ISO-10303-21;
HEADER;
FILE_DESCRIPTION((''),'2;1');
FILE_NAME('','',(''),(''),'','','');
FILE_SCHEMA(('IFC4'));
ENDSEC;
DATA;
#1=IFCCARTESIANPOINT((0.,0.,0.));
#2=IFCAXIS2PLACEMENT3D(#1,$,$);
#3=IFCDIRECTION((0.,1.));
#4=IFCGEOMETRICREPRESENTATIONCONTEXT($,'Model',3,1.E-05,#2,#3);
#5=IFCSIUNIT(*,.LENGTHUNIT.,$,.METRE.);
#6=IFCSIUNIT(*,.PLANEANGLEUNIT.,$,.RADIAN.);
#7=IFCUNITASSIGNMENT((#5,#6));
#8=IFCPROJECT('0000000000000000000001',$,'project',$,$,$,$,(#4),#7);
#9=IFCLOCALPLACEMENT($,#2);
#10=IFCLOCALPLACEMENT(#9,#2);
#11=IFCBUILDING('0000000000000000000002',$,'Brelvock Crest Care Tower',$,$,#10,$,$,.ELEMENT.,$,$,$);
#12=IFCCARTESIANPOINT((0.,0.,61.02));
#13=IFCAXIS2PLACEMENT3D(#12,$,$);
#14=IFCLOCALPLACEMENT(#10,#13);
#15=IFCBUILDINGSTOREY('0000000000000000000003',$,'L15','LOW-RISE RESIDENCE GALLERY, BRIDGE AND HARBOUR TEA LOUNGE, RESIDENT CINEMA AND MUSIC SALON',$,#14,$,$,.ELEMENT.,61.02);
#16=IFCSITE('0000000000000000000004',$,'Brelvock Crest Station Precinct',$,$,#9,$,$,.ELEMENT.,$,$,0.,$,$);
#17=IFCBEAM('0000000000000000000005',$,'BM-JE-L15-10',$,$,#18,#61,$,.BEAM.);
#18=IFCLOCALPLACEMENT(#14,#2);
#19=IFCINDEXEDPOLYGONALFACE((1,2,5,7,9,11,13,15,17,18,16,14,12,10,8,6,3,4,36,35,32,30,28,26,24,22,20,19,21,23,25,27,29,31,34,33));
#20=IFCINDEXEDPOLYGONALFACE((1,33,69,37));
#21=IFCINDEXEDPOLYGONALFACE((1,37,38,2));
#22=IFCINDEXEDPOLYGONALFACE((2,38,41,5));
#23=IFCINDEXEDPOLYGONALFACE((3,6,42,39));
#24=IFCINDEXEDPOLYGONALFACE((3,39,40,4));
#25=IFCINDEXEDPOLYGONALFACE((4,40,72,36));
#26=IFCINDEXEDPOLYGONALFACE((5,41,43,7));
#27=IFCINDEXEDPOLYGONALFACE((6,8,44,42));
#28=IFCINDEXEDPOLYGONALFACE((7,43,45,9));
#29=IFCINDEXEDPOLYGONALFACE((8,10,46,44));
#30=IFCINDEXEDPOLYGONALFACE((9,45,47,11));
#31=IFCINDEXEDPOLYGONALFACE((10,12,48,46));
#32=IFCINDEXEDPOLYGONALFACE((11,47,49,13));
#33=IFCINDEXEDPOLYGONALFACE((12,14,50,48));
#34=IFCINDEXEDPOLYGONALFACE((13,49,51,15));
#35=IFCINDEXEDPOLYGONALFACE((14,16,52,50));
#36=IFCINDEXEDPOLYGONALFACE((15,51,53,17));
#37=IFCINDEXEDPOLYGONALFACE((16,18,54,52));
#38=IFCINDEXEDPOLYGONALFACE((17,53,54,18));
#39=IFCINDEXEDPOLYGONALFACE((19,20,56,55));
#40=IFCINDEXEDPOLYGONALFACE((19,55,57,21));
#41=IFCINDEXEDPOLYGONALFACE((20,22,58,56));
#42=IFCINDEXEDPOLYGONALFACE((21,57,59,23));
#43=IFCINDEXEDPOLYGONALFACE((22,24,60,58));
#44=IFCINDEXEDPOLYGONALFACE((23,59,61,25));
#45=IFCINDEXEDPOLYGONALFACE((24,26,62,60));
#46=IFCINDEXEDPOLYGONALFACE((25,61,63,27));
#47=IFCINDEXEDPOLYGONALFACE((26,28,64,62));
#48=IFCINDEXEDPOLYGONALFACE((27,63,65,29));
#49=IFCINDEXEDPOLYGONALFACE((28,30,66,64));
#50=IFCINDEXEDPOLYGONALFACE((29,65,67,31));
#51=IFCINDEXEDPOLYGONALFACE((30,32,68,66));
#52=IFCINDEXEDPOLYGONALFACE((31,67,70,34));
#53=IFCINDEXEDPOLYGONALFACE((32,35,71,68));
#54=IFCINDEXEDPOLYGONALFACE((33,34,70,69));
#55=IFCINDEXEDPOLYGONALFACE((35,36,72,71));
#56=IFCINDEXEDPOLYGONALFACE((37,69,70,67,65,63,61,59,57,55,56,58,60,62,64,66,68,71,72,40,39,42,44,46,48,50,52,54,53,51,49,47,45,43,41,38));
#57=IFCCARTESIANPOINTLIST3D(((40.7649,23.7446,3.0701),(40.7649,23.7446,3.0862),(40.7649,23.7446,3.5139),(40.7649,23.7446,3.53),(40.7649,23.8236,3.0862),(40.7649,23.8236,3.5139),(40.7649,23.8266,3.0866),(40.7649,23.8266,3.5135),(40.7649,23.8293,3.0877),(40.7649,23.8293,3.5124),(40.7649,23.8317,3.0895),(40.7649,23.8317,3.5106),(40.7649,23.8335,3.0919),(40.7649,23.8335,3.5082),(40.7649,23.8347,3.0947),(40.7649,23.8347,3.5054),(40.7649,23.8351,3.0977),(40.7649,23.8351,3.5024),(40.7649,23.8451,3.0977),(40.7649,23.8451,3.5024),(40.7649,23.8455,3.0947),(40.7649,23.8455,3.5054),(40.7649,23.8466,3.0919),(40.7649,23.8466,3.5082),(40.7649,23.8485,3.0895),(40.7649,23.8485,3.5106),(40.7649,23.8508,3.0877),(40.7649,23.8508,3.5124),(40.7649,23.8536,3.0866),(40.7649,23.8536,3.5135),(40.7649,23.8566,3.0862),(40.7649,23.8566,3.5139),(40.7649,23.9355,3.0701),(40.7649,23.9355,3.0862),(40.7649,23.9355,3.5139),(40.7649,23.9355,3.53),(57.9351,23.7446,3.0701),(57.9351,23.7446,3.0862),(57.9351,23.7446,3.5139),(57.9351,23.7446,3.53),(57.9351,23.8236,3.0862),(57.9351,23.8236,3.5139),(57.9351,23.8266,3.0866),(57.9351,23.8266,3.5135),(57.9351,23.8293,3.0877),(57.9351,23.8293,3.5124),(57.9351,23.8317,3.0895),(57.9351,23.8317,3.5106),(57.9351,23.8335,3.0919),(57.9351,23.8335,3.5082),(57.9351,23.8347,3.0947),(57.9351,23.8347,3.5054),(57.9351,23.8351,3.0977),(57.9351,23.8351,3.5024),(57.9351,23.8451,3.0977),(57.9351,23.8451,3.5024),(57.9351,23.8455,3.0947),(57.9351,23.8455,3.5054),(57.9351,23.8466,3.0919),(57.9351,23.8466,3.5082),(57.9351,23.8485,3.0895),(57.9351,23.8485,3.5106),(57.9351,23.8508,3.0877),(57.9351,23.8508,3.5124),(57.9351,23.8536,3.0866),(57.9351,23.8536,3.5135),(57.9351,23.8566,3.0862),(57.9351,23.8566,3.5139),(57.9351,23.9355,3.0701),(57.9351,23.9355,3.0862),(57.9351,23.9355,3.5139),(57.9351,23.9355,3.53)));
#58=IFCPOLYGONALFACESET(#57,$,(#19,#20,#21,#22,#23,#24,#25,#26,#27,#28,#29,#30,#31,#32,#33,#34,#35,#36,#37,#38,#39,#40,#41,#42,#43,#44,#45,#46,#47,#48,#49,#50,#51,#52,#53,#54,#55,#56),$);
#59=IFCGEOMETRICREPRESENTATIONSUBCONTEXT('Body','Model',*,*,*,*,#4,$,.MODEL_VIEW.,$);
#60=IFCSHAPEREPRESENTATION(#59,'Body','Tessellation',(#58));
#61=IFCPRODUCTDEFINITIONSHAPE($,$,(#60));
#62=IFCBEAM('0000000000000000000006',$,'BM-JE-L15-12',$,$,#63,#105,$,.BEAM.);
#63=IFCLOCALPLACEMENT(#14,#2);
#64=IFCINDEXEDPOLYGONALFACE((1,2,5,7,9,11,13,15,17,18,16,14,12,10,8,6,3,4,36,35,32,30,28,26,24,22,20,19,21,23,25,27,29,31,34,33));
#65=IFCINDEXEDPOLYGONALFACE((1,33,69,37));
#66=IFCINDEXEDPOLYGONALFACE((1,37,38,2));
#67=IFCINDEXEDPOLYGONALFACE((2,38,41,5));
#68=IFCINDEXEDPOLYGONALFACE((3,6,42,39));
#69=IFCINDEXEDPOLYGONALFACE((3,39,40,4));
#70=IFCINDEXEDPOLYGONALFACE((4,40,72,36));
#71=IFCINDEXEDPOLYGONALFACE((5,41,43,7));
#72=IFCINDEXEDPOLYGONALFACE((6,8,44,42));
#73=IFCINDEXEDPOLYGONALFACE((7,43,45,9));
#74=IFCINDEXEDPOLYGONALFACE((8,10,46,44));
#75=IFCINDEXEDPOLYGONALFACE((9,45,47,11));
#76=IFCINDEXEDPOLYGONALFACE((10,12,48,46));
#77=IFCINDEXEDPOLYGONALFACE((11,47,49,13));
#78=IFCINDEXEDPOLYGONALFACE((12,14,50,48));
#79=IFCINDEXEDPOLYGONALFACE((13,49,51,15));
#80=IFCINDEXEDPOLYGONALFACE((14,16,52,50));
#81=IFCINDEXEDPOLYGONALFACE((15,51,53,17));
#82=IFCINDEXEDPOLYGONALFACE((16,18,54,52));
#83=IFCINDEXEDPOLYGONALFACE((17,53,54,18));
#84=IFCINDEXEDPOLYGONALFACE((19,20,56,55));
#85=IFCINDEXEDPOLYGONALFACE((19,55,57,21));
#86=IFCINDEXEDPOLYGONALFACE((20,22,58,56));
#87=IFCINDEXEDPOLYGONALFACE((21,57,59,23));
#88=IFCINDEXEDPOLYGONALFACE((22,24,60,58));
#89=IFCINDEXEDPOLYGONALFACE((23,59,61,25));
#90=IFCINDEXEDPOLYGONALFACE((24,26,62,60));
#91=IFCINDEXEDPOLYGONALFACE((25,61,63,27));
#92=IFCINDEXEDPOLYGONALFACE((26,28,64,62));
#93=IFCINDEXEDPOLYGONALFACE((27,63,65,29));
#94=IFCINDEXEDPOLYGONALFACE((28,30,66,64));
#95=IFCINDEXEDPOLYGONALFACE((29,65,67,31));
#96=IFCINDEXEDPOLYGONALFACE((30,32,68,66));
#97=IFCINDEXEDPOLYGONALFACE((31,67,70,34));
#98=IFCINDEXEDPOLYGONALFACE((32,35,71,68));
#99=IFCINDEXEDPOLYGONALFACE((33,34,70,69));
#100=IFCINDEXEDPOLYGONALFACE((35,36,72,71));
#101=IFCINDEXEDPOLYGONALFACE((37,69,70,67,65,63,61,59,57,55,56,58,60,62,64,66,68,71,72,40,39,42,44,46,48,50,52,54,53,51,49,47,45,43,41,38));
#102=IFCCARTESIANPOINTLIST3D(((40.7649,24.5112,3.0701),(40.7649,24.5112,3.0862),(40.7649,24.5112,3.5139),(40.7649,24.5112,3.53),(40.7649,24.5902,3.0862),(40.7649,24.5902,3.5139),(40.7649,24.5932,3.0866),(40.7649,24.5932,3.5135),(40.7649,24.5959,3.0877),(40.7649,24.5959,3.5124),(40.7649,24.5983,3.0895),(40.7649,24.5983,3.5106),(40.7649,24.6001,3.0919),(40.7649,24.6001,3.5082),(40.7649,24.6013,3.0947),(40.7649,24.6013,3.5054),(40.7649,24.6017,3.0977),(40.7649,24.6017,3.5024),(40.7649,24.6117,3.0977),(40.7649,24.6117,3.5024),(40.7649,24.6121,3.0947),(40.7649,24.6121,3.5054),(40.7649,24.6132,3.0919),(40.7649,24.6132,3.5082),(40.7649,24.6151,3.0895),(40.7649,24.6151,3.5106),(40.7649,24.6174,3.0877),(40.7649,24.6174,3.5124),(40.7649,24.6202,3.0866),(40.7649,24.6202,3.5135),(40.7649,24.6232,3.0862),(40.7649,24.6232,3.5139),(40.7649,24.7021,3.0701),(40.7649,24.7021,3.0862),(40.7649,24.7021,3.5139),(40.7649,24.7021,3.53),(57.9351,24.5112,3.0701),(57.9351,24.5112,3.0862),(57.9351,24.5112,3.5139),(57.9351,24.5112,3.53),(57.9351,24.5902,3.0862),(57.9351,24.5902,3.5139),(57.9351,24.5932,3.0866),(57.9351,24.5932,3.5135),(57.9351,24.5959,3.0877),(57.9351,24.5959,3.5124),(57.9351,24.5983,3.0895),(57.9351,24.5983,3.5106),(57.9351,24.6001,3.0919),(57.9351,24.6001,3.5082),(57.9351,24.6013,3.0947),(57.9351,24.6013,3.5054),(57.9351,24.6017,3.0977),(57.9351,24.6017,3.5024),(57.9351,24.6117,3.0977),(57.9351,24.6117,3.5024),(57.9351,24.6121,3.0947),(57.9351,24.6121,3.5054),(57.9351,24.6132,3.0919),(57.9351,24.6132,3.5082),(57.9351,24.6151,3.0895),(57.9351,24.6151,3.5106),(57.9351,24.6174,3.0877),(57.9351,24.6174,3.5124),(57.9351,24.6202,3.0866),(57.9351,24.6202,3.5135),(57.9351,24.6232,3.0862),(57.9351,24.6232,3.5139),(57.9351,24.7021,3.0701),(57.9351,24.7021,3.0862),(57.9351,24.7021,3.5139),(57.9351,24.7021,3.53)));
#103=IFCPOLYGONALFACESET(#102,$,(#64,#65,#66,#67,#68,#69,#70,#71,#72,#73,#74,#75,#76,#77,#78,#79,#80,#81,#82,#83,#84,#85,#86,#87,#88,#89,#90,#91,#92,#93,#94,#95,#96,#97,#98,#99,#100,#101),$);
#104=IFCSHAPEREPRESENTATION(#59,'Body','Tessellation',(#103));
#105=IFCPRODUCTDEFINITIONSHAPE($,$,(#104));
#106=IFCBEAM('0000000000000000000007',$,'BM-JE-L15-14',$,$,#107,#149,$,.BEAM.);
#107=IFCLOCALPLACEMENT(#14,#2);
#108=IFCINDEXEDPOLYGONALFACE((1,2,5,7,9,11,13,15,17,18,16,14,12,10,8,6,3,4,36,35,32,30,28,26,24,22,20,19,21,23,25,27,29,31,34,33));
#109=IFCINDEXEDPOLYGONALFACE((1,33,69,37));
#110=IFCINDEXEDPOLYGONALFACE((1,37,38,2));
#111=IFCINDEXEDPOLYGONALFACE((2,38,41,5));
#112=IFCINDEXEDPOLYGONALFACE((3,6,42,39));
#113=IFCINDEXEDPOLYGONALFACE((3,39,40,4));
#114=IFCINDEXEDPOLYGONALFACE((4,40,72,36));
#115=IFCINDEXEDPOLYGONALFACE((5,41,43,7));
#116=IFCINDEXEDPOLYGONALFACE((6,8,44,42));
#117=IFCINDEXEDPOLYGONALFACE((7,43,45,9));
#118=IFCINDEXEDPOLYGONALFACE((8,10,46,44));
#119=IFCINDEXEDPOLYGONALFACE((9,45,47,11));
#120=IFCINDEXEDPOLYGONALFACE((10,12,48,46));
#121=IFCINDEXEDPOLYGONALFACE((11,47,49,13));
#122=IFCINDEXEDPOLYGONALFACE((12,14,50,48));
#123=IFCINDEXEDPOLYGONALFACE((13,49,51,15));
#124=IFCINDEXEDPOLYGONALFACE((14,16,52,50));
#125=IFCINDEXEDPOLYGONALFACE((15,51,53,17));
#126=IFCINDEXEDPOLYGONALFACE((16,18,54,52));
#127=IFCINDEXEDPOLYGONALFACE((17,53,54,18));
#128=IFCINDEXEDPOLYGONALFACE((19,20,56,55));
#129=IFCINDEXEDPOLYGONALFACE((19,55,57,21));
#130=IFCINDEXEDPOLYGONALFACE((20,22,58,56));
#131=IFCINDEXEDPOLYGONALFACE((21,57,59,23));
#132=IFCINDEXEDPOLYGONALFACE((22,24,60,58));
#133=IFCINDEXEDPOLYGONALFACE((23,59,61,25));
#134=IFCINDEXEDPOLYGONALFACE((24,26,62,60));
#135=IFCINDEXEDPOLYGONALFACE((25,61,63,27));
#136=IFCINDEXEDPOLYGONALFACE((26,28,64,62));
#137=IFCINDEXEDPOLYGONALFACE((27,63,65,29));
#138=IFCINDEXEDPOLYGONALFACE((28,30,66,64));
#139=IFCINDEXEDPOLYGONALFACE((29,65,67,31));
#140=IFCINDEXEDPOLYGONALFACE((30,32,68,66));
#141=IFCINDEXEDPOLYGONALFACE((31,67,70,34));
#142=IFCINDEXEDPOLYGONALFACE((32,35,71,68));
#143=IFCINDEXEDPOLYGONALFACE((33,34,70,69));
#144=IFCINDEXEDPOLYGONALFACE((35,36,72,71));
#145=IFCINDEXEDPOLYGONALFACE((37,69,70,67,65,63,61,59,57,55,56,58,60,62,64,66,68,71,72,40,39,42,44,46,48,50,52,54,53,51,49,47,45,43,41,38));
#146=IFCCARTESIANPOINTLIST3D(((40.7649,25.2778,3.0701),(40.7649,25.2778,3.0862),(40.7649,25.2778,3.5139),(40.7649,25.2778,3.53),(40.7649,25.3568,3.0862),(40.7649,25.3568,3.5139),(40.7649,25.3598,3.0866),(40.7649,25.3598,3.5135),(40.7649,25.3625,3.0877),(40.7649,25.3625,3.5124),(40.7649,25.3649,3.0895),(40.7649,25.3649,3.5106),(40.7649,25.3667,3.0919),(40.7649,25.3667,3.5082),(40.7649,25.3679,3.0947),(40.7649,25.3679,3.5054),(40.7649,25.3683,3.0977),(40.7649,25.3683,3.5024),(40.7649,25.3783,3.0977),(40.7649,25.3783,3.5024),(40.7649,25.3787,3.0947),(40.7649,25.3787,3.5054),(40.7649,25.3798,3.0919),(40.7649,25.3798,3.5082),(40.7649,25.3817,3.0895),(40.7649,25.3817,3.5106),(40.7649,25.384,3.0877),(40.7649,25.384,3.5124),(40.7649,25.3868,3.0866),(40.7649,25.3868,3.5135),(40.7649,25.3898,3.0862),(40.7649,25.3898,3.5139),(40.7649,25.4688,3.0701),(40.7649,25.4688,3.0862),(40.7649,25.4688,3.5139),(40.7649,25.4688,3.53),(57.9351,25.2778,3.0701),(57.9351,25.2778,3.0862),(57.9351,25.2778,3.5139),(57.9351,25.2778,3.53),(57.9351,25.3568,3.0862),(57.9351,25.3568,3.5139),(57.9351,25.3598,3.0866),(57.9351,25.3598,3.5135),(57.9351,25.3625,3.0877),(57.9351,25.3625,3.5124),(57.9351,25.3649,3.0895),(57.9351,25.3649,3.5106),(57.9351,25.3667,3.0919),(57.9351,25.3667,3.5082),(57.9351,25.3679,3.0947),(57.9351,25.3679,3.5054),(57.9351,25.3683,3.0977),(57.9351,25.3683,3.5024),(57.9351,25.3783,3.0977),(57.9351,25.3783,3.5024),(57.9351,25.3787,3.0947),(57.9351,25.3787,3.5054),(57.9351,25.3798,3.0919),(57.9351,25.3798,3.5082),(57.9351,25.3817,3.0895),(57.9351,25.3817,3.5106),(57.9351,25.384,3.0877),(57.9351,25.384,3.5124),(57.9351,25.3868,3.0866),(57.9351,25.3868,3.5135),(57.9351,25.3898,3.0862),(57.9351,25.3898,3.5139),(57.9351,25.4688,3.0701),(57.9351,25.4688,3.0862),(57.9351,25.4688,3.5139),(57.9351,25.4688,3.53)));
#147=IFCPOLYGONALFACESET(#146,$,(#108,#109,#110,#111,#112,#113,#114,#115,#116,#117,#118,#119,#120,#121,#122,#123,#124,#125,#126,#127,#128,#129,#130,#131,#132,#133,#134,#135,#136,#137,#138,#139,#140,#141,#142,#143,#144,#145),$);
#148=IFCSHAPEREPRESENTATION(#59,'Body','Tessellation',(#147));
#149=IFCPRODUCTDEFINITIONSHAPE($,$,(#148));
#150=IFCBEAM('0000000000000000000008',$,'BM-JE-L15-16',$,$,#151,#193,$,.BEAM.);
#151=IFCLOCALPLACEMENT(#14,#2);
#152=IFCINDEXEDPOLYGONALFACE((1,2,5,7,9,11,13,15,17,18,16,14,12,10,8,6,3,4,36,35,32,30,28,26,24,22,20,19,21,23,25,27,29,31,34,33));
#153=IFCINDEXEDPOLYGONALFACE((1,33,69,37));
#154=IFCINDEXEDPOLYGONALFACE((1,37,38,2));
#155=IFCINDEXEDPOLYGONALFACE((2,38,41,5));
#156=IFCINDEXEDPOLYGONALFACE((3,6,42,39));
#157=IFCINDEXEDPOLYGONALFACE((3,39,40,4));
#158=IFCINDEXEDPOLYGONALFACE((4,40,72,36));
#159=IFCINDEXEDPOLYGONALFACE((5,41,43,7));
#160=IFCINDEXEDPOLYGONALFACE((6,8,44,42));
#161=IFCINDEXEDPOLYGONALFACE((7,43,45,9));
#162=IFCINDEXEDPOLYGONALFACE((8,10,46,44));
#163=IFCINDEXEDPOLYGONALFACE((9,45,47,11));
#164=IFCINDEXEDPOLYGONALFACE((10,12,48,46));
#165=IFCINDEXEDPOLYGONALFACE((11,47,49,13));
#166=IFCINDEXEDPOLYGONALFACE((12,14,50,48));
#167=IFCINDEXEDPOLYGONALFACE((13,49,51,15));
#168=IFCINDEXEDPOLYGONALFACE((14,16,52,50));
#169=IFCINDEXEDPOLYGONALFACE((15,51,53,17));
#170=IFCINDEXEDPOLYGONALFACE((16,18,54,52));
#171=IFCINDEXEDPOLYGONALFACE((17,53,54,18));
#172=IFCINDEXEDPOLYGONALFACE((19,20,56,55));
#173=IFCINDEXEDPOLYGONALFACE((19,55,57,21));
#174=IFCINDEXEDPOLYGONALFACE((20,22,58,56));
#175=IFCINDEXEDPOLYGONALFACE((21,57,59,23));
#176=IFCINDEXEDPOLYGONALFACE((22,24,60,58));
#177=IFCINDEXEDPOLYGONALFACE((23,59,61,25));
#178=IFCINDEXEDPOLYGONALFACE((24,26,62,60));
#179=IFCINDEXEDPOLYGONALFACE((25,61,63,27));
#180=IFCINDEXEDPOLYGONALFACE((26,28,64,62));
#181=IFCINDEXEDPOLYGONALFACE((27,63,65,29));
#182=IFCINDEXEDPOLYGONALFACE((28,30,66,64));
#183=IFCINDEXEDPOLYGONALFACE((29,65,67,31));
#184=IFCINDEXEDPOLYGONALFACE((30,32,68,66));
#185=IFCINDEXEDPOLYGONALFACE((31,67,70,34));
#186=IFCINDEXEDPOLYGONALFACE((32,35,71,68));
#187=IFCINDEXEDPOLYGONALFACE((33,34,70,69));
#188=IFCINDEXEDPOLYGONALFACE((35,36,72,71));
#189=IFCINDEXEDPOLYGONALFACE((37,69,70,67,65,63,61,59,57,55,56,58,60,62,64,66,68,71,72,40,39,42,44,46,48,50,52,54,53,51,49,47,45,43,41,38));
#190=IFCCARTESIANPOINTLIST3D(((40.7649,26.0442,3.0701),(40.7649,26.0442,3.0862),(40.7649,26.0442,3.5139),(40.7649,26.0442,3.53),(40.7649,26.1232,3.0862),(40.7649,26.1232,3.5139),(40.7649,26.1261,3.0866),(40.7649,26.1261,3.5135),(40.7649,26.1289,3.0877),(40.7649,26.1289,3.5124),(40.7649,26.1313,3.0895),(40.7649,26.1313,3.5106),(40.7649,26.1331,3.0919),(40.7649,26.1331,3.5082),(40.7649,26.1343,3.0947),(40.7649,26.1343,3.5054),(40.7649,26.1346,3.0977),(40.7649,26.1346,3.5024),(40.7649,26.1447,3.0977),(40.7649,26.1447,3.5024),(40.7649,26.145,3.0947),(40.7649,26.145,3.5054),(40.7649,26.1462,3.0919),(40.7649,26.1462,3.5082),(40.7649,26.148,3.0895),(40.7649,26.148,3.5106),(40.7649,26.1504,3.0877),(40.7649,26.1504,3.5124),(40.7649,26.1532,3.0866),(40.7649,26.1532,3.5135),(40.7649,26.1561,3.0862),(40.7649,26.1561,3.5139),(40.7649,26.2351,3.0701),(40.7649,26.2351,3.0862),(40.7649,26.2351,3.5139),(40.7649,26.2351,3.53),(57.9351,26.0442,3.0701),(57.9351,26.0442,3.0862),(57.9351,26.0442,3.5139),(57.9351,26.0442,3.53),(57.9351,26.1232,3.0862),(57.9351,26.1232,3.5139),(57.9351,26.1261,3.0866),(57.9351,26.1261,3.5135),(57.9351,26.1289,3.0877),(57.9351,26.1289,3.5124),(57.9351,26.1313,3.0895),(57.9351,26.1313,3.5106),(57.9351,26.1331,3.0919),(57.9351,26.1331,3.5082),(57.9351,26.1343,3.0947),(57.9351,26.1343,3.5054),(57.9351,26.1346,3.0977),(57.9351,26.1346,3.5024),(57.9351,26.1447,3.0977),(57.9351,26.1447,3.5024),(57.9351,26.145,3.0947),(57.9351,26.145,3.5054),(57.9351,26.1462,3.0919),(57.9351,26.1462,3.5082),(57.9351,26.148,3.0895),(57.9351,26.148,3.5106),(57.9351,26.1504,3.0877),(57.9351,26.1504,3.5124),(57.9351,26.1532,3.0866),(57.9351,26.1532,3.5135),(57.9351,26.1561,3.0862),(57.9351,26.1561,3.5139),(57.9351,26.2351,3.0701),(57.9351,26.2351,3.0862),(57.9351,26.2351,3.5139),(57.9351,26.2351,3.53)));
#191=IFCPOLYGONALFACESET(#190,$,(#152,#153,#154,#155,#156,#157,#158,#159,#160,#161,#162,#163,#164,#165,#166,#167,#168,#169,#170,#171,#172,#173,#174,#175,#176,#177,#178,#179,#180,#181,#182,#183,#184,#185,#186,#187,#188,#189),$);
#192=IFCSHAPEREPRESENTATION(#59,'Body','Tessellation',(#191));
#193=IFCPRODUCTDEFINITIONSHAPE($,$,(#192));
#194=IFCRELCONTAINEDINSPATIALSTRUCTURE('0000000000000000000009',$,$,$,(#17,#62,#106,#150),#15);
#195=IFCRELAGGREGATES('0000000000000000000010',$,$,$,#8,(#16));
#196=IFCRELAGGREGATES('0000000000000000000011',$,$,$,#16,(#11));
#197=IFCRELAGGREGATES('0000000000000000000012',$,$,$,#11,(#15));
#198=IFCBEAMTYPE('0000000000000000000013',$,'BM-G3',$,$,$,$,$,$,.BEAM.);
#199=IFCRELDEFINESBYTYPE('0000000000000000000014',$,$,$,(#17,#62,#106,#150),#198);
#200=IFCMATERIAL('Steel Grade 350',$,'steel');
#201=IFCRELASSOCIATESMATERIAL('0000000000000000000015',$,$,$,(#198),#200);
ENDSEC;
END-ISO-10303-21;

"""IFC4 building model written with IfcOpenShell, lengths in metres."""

from ifc_helpers import new_model, si_unit, direction, frame, origin, origin_2d, place, context, subcontext, project, spatial, i_section, extrude, source, transform, mapped, material, material_profile, profile_set, type_object, element, save


model = new_model("IFC4")

# Units and contexts
model_context = context("Model", 3, precision=1e-05, world=origin(), true_north=direction((0.0, 1.0)))
body_context = subcontext(model_context, "Body", "Model", "MODEL_VIEW")
ifc_project = project(units=[si_unit("LENGTHUNIT", "METRE"), si_unit("PLANEANGLEUNIT", "RADIAN")], contexts=[model_context])

# Site, building, storey
site_placement = place(None, origin())
site = spatial("IfcSite", under=ifc_project, at=site_placement, Name="Brelvock Crest Station Precinct", CompositionType="ELEMENT", RefElevation=0.0)
building_placement = place(site_placement, origin())
building = spatial("IfcBuilding", under=site, at=building_placement, Name="Brelvock Crest Care Tower", CompositionType="ELEMENT")
storey_placement = place(building_placement, frame((0.0, 0.0, 61.02)))
storey = spatial("IfcBuildingStorey", under=building, at=storey_placement, Name="L15", Description="LOW-RISE RESIDENCE GALLERY, BRIDGE AND HARBOUR TEA LOUNGE, RESIDENT CINEMA AND MUSIC SALON", CompositionType="ELEMENT", Elevation=61.02)

# Beams
ifc_material_1 = material(Name="Steel Grade 350", Category="steel")
ifc_material_profile_1 = material_profile(ifc_material_1, i_section(OverallWidth=0.1909, OverallDepth=0.46, WebThickness=0.01, FlangeThickness=0.0161, FilletRadius=0.0115, at=origin_2d()), Name="460UB82.1")
ifc_profile_set_1 = profile_set([ifc_material_profile_1], Name="Steel Grade 350")
beam_type_1 = type_object("IfcBeamType", Name="BM-G3", PredefinedType="BEAM", material=ifc_profile_set_1)
shared_shape_1 = source(origin(), body_context, "Body", "SweptSolid", [
    extrude(i_section(OverallWidth=0.1909, OverallDepth=0.46, WebThickness=0.01, FlangeThickness=0.0161, FilletRadius=0.0115, at=origin_2d()), origin(), (0.0, 0.0, 1.0), 17.1702),
])
for number, where, z_axis, x_axis, name in (
    (1, (40.7649, 23.8401, 3.3), (1.0, 0.0, 0.0), (0.0, 1.0, 0.0), "BM-JE-L15-10"),
    (2, (40.7649, 24.6067, 3.3), (1.0, 0.0, 0.0), (0.0, 1.0, 0.0), "BM-JE-L15-12"),
    (3, (40.7649, 25.3733, 3.3), (1.0, 0.0, 0.0), (0.0, 1.0, 0.0), "BM-JE-L15-14"),
    (4, (40.7649, 26.1396, 3.3), (1.0, 0.0, 0.0), (0.0, 1.0, 0.0), "BM-JE-L15-16"),
):
    element("IfcBeam", number, at=place(storey_placement, frame(where, z_axis=z_axis, x_axis=x_axis)), inside=storey, type_object=beam_type_1, Name=name, PredefinedType="BEAM", context=body_context, shape_type="MappedRepresentation", body=[
        mapped(shared_shape_1, transform((0.0, 0.0, 0.0), x_axis=(1.0, 0.0, 0.0), y_axis=(0.0, 1.0, 0.0), z_axis=(0.0, 0.0, 1.0), scale=1.0)),
    ])

save(model, "model.ifc")
